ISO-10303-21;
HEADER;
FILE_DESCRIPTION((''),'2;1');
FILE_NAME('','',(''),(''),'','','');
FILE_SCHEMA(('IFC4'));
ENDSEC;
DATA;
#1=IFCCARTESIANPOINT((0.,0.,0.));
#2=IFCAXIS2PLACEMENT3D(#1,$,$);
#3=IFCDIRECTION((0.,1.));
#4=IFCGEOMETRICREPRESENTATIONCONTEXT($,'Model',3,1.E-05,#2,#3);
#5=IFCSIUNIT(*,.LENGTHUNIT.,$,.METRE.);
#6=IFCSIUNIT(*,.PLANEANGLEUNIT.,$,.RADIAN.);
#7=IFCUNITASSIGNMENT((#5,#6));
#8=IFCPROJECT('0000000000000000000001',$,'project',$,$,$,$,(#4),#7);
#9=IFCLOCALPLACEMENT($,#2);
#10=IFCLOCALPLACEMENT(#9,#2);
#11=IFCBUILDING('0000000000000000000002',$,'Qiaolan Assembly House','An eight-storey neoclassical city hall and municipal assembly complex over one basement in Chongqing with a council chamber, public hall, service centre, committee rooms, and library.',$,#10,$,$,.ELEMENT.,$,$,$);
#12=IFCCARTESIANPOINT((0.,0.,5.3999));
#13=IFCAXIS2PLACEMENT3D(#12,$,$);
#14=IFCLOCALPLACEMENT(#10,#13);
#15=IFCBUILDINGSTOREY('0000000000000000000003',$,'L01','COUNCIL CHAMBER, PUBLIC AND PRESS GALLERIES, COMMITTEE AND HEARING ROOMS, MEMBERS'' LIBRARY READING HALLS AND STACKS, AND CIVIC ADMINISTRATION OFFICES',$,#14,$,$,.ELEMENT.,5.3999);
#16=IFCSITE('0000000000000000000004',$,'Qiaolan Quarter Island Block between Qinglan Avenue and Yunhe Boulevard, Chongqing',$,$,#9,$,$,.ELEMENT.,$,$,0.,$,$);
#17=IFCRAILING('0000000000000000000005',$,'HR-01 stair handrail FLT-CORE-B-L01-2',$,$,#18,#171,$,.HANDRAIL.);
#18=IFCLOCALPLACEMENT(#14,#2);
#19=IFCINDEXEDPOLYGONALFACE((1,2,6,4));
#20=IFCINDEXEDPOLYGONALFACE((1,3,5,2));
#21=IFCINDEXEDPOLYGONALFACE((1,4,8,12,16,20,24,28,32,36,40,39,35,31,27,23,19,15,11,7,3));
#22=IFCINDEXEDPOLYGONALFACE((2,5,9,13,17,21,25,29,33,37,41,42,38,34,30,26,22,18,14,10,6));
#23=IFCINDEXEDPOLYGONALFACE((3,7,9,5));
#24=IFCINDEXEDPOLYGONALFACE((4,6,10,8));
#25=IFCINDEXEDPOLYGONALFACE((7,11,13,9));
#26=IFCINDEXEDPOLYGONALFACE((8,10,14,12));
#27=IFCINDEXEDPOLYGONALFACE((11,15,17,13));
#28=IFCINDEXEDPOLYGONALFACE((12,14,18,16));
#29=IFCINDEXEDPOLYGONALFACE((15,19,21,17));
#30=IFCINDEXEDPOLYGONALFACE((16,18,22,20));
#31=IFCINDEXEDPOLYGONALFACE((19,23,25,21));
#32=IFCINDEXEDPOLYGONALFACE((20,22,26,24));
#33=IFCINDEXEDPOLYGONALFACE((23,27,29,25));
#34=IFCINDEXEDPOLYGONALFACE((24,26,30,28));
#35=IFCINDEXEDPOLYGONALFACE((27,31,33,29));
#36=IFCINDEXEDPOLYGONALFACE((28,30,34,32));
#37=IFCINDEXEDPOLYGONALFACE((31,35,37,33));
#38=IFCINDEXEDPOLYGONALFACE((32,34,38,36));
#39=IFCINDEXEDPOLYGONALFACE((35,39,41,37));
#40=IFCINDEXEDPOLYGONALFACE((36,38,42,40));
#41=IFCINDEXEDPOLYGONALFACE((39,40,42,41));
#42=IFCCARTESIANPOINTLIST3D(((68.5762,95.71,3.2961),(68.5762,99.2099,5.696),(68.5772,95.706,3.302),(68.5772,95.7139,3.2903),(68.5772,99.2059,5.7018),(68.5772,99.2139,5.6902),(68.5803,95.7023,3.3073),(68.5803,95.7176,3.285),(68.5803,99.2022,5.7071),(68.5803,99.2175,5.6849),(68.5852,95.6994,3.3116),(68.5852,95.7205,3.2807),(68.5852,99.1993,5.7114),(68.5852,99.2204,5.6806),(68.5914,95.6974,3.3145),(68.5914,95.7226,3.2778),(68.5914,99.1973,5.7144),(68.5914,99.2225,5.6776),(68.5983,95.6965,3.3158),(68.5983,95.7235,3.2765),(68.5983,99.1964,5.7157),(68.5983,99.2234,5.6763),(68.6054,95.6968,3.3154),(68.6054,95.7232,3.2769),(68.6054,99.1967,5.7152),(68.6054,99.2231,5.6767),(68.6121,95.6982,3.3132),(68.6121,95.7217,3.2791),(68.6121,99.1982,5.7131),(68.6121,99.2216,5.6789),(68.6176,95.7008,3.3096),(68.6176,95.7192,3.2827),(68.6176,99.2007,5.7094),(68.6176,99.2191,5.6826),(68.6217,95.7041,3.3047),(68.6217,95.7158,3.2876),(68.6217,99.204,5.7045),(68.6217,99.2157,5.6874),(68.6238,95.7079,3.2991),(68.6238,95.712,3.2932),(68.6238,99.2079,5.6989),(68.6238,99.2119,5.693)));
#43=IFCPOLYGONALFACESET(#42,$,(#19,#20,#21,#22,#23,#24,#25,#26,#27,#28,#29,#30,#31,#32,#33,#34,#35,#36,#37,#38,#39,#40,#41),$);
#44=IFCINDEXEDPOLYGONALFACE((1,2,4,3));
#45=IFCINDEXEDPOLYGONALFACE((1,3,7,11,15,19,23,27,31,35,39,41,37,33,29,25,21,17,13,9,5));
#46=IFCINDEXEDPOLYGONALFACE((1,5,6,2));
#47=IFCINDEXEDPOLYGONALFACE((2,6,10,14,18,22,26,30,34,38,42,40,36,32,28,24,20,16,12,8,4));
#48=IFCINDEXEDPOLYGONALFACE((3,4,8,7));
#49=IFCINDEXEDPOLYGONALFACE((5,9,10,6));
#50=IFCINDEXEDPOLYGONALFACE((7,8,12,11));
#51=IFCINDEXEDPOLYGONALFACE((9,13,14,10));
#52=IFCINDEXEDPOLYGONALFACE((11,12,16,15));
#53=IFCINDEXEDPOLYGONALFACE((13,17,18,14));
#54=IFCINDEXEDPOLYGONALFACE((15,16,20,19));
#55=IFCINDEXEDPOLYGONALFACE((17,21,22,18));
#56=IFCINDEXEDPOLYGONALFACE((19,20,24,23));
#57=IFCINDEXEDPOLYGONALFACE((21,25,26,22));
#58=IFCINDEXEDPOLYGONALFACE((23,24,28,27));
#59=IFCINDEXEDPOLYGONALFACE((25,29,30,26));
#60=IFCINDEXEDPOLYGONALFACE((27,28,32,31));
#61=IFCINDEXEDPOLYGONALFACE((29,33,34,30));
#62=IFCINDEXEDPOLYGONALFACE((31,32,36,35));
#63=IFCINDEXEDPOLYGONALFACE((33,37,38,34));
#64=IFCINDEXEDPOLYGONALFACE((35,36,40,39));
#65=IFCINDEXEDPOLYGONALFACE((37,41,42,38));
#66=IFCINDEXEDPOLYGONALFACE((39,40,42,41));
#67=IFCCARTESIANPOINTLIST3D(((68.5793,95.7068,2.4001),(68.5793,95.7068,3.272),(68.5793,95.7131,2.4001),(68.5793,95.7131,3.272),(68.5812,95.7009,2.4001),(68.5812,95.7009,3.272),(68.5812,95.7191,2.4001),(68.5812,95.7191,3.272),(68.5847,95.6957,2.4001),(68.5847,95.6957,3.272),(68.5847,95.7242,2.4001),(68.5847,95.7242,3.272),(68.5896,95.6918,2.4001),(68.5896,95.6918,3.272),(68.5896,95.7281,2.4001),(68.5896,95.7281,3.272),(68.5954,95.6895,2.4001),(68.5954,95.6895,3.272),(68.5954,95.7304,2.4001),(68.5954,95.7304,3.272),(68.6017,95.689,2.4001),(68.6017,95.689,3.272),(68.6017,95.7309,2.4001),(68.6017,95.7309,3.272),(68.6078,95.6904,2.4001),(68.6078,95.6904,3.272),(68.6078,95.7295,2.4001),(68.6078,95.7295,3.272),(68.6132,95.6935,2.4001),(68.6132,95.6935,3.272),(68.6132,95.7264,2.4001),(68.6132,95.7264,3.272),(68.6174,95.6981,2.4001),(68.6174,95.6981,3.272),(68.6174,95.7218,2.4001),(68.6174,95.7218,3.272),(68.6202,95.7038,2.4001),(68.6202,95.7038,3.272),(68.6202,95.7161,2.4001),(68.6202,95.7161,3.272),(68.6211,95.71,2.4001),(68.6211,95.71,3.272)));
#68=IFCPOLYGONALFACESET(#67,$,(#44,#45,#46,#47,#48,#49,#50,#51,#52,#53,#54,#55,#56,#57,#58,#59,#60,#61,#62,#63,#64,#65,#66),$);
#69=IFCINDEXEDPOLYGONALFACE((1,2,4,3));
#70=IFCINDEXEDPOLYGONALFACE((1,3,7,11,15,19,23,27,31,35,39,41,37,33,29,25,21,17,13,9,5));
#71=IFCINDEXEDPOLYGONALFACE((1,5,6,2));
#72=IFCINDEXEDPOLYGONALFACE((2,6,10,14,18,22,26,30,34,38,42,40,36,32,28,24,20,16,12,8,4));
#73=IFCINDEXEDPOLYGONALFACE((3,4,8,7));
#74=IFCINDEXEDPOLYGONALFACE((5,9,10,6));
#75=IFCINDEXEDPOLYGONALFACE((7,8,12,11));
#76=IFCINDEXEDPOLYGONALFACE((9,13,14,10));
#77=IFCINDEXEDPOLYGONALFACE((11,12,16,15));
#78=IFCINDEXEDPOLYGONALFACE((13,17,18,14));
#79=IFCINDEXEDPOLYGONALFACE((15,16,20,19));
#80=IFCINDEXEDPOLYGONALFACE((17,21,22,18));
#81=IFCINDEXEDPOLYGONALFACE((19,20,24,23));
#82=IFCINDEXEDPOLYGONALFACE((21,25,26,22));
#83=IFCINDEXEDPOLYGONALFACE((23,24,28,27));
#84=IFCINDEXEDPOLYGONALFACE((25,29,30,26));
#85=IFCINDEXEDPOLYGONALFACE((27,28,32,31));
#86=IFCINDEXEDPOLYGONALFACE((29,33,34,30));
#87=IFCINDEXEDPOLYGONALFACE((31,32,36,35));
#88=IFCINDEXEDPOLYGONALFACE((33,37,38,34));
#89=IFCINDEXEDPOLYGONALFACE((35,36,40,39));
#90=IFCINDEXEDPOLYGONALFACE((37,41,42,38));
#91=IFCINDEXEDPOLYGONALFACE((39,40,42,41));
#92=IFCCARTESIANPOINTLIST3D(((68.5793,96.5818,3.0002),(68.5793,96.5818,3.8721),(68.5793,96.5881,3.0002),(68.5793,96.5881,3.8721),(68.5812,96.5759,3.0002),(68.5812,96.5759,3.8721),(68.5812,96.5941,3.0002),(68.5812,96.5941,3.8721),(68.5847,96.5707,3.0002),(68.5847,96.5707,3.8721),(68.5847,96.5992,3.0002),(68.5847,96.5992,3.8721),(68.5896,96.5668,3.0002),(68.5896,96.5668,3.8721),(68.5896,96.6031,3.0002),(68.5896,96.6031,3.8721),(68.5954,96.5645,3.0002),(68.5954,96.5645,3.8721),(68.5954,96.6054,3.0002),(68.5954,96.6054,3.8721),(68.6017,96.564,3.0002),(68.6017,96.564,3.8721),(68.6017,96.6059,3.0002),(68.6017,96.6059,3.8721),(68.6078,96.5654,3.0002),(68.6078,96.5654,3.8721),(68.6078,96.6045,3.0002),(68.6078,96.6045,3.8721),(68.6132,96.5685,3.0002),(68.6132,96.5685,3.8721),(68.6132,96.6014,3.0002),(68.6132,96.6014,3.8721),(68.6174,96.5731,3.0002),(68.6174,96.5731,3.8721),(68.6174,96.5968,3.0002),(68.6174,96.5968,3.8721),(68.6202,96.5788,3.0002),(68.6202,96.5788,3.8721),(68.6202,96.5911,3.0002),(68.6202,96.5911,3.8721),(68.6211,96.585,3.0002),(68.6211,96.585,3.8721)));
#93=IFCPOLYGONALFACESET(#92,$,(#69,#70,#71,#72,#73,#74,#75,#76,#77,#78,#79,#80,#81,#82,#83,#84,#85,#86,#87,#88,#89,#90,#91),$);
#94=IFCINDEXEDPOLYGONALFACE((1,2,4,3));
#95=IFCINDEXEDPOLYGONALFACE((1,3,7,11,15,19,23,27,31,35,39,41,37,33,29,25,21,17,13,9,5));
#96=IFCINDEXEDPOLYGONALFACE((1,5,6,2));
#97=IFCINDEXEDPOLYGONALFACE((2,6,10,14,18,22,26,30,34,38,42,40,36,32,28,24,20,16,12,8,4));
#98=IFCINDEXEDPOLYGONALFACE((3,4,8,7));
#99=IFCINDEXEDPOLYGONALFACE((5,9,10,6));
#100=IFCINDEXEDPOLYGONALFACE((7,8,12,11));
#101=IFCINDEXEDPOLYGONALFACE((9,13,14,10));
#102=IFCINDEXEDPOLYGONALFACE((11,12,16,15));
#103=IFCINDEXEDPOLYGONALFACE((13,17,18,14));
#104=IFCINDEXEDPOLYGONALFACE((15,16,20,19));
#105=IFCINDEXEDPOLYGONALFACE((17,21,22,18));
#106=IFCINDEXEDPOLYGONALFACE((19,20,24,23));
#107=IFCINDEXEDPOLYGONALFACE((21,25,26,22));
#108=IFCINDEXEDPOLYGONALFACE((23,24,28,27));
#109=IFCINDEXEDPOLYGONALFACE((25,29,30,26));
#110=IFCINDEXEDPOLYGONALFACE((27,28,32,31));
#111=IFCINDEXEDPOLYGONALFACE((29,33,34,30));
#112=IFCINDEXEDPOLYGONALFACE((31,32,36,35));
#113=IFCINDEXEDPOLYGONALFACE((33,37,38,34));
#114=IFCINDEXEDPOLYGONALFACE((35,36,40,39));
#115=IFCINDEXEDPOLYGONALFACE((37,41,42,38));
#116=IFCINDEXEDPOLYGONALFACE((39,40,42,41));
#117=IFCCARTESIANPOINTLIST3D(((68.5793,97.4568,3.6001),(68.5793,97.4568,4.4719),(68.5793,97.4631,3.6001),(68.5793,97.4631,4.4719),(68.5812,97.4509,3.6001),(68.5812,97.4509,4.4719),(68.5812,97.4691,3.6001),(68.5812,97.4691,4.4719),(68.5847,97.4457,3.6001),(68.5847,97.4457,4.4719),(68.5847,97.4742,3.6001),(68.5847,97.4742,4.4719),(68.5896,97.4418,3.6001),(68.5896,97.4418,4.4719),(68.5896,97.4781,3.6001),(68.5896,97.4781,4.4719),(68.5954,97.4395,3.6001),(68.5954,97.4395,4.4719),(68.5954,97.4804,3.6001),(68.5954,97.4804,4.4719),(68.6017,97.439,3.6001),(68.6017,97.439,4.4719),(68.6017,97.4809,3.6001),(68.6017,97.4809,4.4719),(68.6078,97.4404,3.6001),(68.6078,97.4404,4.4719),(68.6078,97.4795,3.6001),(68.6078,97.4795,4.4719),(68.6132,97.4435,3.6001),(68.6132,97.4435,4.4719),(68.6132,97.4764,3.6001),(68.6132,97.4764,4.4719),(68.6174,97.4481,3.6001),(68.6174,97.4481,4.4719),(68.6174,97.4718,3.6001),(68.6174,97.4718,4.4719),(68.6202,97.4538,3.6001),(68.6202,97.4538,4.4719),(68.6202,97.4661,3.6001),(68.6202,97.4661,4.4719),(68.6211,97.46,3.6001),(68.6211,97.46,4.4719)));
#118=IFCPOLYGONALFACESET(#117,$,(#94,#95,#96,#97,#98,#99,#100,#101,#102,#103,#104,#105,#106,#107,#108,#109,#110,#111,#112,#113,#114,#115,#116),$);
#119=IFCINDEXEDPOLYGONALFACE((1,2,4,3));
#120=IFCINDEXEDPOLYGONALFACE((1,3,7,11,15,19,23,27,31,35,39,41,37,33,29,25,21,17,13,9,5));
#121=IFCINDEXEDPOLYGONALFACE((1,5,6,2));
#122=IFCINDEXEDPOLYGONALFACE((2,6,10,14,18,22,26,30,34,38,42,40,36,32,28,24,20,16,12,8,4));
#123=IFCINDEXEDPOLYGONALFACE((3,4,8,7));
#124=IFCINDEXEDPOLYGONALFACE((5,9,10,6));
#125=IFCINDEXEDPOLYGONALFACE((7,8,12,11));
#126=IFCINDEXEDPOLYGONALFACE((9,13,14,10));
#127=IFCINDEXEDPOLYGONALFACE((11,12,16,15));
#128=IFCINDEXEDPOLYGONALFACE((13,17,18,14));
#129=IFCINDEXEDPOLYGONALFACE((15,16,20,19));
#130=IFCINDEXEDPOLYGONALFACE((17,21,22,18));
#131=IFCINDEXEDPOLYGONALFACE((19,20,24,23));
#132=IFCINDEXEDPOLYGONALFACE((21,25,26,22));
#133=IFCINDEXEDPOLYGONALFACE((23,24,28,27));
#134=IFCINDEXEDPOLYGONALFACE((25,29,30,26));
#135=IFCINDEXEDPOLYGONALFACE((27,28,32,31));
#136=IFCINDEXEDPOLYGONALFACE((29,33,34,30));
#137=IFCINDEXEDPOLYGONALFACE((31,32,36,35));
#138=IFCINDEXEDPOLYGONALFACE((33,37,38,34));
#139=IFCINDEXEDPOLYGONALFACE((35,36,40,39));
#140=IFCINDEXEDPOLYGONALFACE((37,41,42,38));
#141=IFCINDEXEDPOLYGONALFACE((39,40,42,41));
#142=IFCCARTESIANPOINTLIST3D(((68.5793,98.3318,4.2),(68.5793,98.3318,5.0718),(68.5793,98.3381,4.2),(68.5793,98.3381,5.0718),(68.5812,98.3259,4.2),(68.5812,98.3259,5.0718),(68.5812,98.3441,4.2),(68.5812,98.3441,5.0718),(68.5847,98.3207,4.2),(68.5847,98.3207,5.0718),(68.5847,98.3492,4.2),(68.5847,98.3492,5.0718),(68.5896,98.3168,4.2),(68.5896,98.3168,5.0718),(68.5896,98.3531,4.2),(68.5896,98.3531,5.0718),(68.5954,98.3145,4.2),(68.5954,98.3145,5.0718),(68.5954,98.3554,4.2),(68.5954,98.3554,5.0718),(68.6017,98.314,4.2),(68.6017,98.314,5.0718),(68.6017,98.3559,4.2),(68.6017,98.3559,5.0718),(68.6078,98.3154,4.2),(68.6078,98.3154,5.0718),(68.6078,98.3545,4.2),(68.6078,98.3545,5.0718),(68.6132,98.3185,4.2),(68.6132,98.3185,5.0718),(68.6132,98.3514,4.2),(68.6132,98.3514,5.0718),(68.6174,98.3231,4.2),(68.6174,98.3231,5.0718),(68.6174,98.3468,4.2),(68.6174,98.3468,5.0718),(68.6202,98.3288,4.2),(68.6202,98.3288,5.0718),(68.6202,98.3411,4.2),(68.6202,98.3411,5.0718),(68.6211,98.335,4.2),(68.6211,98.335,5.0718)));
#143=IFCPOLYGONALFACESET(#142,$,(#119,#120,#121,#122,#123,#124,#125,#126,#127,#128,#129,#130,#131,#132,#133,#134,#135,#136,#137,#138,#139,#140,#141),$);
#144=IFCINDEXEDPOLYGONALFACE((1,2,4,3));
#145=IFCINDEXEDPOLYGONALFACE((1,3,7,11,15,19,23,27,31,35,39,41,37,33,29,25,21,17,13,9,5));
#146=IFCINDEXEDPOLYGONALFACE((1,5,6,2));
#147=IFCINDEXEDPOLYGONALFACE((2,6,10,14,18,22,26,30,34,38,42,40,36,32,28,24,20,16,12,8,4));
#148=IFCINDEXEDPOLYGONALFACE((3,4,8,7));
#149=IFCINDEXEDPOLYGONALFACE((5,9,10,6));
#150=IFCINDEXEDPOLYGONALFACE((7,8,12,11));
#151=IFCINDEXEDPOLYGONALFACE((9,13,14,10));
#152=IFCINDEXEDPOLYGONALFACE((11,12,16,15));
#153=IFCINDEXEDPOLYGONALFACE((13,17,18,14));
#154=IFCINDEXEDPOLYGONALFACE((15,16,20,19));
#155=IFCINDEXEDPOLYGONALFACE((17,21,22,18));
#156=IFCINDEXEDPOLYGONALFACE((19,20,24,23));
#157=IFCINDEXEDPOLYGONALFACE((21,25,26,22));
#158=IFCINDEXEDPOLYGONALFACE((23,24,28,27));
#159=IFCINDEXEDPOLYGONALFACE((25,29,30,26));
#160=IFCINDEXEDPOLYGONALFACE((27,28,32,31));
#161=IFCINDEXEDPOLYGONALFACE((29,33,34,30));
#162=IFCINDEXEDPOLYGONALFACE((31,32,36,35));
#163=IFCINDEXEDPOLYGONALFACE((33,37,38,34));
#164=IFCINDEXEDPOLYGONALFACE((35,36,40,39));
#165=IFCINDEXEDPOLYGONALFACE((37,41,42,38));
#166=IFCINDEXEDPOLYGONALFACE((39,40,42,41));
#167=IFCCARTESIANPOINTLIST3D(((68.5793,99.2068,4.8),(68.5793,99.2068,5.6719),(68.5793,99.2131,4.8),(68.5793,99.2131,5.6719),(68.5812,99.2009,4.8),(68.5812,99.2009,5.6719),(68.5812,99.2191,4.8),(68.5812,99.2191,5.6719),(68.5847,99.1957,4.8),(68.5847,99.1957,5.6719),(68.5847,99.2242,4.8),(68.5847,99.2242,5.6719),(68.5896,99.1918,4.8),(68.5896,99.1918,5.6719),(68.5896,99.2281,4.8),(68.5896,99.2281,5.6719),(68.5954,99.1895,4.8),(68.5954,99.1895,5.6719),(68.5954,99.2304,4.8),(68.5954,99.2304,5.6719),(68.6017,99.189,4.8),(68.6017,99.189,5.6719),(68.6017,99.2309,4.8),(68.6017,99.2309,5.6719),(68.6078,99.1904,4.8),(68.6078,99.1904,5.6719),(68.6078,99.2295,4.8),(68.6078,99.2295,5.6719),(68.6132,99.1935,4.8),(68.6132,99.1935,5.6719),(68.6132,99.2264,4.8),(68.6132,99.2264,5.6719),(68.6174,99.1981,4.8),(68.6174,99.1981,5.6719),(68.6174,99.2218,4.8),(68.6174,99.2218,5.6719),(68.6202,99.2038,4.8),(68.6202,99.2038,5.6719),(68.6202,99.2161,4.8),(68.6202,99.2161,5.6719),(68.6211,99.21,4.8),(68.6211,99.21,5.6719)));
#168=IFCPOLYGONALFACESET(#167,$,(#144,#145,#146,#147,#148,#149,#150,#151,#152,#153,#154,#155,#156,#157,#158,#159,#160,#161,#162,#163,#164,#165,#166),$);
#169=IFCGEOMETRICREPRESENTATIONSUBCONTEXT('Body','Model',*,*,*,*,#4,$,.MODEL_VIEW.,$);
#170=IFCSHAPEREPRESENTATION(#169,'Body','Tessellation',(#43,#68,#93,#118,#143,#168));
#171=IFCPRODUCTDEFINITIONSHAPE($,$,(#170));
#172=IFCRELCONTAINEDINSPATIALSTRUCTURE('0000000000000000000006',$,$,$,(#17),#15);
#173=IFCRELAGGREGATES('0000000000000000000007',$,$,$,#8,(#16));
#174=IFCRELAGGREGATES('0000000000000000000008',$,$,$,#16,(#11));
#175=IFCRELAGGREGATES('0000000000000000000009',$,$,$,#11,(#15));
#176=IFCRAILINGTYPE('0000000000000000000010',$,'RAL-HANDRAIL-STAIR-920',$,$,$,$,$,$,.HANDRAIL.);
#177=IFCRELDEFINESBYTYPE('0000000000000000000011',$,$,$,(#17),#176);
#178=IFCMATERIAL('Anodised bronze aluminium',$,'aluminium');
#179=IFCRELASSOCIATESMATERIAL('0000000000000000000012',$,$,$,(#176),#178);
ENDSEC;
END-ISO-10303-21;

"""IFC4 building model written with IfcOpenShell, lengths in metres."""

from ifc_helpers import new_model, si_unit, direction, frame, origin, origin_2d, place, context, subcontext, project, spatial, circle, extrude, material, type_object, element, save


model = new_model("IFC4")

# Units and contexts
model_context = context("Model", 3, precision=1e-05, world=origin(), true_north=direction((0.0, 1.0)))
body_context = subcontext(model_context, "Body", "Model", "MODEL_VIEW")
ifc_project = project(units=[si_unit("LENGTHUNIT", "METRE"), si_unit("PLANEANGLEUNIT", "RADIAN")], contexts=[model_context])

# Site, building, storey
site_placement = place(None, origin())
site = spatial("IfcSite", under=ifc_project, at=site_placement, Name="Qiaolan Quarter Island Block between Qinglan Avenue and Yunhe Boulevard, Chongqing", CompositionType="ELEMENT", RefElevation=0.0)
building_placement = place(site_placement, origin())
building = spatial("IfcBuilding", under=site, at=building_placement, Name="Qiaolan Assembly House", Description="An eight-storey neoclassical city hall and municipal assembly complex over one basement in Chongqing with a council chamber, public hall, service centre, committee rooms, and library.", CompositionType="ELEMENT")
storey_placement = place(building_placement, frame((0.0, 0.0, 5.3999)))
storey = spatial("IfcBuildingStorey", under=building, at=storey_placement, Name="L01", Description="COUNCIL CHAMBER, PUBLIC AND PRESS GALLERIES, COMMITTEE AND HEARING ROOMS, MEMBERS' LIBRARY READING HALLS AND STACKS, AND CIVIC ADMINISTRATION OFFICES", CompositionType="ELEMENT", Elevation=5.3999)

# Shared definitions
ifc_material_1 = material(Name="Anodised bronze aluminium", Category="aluminium")

# Railing
railing_type = type_object("IfcRailingType", Name="RAL-HANDRAIL-STAIR-920", PredefinedType="HANDRAIL", material=ifc_material_1)
railing_placement = place(storey_placement, frame((68.6001, 95.71, 2.4001)))
element("IfcRailing", 1, at=railing_placement, inside=storey, type_object=railing_type, Name="HR-01 stair handrail FLT-CORE-B-L01-2", PredefinedType="HANDRAIL", context=body_context, shape_type="SweptSolid", body=[
    extrude(circle(Radius=0.0239, at=origin_2d()), frame((0.0, 0.0, 0.896), z_axis=(0.0, 0.82474, 0.565513), x_axis=(-1.0, 0.0, 0.0)), (0.0, 0.0, 1.0), 4.2437),
    extrude(circle(Radius=0.021, at=origin_2d()), origin(), (0.0, 0.0, 1.0), 0.8718),
    extrude(circle(Radius=0.021, at=origin_2d()), frame((0.0, 0.875, 0.6001)), (0.0, 0.0, 1.0), 0.8718),
    extrude(circle(Radius=0.021, at=origin_2d()), frame((0.0, 1.75, 1.2)), (0.0, 0.0, 1.0), 0.8718),
    extrude(circle(Radius=0.021, at=origin_2d()), frame((0.0, 2.625, 1.7998)), (0.0, 0.0, 1.0), 0.8718),
    extrude(circle(Radius=0.021, at=origin_2d()), frame((0.0, 3.5, 2.3999)), (0.0, 0.0, 1.0), 0.8718),
])

save(model, "model.ifc")
